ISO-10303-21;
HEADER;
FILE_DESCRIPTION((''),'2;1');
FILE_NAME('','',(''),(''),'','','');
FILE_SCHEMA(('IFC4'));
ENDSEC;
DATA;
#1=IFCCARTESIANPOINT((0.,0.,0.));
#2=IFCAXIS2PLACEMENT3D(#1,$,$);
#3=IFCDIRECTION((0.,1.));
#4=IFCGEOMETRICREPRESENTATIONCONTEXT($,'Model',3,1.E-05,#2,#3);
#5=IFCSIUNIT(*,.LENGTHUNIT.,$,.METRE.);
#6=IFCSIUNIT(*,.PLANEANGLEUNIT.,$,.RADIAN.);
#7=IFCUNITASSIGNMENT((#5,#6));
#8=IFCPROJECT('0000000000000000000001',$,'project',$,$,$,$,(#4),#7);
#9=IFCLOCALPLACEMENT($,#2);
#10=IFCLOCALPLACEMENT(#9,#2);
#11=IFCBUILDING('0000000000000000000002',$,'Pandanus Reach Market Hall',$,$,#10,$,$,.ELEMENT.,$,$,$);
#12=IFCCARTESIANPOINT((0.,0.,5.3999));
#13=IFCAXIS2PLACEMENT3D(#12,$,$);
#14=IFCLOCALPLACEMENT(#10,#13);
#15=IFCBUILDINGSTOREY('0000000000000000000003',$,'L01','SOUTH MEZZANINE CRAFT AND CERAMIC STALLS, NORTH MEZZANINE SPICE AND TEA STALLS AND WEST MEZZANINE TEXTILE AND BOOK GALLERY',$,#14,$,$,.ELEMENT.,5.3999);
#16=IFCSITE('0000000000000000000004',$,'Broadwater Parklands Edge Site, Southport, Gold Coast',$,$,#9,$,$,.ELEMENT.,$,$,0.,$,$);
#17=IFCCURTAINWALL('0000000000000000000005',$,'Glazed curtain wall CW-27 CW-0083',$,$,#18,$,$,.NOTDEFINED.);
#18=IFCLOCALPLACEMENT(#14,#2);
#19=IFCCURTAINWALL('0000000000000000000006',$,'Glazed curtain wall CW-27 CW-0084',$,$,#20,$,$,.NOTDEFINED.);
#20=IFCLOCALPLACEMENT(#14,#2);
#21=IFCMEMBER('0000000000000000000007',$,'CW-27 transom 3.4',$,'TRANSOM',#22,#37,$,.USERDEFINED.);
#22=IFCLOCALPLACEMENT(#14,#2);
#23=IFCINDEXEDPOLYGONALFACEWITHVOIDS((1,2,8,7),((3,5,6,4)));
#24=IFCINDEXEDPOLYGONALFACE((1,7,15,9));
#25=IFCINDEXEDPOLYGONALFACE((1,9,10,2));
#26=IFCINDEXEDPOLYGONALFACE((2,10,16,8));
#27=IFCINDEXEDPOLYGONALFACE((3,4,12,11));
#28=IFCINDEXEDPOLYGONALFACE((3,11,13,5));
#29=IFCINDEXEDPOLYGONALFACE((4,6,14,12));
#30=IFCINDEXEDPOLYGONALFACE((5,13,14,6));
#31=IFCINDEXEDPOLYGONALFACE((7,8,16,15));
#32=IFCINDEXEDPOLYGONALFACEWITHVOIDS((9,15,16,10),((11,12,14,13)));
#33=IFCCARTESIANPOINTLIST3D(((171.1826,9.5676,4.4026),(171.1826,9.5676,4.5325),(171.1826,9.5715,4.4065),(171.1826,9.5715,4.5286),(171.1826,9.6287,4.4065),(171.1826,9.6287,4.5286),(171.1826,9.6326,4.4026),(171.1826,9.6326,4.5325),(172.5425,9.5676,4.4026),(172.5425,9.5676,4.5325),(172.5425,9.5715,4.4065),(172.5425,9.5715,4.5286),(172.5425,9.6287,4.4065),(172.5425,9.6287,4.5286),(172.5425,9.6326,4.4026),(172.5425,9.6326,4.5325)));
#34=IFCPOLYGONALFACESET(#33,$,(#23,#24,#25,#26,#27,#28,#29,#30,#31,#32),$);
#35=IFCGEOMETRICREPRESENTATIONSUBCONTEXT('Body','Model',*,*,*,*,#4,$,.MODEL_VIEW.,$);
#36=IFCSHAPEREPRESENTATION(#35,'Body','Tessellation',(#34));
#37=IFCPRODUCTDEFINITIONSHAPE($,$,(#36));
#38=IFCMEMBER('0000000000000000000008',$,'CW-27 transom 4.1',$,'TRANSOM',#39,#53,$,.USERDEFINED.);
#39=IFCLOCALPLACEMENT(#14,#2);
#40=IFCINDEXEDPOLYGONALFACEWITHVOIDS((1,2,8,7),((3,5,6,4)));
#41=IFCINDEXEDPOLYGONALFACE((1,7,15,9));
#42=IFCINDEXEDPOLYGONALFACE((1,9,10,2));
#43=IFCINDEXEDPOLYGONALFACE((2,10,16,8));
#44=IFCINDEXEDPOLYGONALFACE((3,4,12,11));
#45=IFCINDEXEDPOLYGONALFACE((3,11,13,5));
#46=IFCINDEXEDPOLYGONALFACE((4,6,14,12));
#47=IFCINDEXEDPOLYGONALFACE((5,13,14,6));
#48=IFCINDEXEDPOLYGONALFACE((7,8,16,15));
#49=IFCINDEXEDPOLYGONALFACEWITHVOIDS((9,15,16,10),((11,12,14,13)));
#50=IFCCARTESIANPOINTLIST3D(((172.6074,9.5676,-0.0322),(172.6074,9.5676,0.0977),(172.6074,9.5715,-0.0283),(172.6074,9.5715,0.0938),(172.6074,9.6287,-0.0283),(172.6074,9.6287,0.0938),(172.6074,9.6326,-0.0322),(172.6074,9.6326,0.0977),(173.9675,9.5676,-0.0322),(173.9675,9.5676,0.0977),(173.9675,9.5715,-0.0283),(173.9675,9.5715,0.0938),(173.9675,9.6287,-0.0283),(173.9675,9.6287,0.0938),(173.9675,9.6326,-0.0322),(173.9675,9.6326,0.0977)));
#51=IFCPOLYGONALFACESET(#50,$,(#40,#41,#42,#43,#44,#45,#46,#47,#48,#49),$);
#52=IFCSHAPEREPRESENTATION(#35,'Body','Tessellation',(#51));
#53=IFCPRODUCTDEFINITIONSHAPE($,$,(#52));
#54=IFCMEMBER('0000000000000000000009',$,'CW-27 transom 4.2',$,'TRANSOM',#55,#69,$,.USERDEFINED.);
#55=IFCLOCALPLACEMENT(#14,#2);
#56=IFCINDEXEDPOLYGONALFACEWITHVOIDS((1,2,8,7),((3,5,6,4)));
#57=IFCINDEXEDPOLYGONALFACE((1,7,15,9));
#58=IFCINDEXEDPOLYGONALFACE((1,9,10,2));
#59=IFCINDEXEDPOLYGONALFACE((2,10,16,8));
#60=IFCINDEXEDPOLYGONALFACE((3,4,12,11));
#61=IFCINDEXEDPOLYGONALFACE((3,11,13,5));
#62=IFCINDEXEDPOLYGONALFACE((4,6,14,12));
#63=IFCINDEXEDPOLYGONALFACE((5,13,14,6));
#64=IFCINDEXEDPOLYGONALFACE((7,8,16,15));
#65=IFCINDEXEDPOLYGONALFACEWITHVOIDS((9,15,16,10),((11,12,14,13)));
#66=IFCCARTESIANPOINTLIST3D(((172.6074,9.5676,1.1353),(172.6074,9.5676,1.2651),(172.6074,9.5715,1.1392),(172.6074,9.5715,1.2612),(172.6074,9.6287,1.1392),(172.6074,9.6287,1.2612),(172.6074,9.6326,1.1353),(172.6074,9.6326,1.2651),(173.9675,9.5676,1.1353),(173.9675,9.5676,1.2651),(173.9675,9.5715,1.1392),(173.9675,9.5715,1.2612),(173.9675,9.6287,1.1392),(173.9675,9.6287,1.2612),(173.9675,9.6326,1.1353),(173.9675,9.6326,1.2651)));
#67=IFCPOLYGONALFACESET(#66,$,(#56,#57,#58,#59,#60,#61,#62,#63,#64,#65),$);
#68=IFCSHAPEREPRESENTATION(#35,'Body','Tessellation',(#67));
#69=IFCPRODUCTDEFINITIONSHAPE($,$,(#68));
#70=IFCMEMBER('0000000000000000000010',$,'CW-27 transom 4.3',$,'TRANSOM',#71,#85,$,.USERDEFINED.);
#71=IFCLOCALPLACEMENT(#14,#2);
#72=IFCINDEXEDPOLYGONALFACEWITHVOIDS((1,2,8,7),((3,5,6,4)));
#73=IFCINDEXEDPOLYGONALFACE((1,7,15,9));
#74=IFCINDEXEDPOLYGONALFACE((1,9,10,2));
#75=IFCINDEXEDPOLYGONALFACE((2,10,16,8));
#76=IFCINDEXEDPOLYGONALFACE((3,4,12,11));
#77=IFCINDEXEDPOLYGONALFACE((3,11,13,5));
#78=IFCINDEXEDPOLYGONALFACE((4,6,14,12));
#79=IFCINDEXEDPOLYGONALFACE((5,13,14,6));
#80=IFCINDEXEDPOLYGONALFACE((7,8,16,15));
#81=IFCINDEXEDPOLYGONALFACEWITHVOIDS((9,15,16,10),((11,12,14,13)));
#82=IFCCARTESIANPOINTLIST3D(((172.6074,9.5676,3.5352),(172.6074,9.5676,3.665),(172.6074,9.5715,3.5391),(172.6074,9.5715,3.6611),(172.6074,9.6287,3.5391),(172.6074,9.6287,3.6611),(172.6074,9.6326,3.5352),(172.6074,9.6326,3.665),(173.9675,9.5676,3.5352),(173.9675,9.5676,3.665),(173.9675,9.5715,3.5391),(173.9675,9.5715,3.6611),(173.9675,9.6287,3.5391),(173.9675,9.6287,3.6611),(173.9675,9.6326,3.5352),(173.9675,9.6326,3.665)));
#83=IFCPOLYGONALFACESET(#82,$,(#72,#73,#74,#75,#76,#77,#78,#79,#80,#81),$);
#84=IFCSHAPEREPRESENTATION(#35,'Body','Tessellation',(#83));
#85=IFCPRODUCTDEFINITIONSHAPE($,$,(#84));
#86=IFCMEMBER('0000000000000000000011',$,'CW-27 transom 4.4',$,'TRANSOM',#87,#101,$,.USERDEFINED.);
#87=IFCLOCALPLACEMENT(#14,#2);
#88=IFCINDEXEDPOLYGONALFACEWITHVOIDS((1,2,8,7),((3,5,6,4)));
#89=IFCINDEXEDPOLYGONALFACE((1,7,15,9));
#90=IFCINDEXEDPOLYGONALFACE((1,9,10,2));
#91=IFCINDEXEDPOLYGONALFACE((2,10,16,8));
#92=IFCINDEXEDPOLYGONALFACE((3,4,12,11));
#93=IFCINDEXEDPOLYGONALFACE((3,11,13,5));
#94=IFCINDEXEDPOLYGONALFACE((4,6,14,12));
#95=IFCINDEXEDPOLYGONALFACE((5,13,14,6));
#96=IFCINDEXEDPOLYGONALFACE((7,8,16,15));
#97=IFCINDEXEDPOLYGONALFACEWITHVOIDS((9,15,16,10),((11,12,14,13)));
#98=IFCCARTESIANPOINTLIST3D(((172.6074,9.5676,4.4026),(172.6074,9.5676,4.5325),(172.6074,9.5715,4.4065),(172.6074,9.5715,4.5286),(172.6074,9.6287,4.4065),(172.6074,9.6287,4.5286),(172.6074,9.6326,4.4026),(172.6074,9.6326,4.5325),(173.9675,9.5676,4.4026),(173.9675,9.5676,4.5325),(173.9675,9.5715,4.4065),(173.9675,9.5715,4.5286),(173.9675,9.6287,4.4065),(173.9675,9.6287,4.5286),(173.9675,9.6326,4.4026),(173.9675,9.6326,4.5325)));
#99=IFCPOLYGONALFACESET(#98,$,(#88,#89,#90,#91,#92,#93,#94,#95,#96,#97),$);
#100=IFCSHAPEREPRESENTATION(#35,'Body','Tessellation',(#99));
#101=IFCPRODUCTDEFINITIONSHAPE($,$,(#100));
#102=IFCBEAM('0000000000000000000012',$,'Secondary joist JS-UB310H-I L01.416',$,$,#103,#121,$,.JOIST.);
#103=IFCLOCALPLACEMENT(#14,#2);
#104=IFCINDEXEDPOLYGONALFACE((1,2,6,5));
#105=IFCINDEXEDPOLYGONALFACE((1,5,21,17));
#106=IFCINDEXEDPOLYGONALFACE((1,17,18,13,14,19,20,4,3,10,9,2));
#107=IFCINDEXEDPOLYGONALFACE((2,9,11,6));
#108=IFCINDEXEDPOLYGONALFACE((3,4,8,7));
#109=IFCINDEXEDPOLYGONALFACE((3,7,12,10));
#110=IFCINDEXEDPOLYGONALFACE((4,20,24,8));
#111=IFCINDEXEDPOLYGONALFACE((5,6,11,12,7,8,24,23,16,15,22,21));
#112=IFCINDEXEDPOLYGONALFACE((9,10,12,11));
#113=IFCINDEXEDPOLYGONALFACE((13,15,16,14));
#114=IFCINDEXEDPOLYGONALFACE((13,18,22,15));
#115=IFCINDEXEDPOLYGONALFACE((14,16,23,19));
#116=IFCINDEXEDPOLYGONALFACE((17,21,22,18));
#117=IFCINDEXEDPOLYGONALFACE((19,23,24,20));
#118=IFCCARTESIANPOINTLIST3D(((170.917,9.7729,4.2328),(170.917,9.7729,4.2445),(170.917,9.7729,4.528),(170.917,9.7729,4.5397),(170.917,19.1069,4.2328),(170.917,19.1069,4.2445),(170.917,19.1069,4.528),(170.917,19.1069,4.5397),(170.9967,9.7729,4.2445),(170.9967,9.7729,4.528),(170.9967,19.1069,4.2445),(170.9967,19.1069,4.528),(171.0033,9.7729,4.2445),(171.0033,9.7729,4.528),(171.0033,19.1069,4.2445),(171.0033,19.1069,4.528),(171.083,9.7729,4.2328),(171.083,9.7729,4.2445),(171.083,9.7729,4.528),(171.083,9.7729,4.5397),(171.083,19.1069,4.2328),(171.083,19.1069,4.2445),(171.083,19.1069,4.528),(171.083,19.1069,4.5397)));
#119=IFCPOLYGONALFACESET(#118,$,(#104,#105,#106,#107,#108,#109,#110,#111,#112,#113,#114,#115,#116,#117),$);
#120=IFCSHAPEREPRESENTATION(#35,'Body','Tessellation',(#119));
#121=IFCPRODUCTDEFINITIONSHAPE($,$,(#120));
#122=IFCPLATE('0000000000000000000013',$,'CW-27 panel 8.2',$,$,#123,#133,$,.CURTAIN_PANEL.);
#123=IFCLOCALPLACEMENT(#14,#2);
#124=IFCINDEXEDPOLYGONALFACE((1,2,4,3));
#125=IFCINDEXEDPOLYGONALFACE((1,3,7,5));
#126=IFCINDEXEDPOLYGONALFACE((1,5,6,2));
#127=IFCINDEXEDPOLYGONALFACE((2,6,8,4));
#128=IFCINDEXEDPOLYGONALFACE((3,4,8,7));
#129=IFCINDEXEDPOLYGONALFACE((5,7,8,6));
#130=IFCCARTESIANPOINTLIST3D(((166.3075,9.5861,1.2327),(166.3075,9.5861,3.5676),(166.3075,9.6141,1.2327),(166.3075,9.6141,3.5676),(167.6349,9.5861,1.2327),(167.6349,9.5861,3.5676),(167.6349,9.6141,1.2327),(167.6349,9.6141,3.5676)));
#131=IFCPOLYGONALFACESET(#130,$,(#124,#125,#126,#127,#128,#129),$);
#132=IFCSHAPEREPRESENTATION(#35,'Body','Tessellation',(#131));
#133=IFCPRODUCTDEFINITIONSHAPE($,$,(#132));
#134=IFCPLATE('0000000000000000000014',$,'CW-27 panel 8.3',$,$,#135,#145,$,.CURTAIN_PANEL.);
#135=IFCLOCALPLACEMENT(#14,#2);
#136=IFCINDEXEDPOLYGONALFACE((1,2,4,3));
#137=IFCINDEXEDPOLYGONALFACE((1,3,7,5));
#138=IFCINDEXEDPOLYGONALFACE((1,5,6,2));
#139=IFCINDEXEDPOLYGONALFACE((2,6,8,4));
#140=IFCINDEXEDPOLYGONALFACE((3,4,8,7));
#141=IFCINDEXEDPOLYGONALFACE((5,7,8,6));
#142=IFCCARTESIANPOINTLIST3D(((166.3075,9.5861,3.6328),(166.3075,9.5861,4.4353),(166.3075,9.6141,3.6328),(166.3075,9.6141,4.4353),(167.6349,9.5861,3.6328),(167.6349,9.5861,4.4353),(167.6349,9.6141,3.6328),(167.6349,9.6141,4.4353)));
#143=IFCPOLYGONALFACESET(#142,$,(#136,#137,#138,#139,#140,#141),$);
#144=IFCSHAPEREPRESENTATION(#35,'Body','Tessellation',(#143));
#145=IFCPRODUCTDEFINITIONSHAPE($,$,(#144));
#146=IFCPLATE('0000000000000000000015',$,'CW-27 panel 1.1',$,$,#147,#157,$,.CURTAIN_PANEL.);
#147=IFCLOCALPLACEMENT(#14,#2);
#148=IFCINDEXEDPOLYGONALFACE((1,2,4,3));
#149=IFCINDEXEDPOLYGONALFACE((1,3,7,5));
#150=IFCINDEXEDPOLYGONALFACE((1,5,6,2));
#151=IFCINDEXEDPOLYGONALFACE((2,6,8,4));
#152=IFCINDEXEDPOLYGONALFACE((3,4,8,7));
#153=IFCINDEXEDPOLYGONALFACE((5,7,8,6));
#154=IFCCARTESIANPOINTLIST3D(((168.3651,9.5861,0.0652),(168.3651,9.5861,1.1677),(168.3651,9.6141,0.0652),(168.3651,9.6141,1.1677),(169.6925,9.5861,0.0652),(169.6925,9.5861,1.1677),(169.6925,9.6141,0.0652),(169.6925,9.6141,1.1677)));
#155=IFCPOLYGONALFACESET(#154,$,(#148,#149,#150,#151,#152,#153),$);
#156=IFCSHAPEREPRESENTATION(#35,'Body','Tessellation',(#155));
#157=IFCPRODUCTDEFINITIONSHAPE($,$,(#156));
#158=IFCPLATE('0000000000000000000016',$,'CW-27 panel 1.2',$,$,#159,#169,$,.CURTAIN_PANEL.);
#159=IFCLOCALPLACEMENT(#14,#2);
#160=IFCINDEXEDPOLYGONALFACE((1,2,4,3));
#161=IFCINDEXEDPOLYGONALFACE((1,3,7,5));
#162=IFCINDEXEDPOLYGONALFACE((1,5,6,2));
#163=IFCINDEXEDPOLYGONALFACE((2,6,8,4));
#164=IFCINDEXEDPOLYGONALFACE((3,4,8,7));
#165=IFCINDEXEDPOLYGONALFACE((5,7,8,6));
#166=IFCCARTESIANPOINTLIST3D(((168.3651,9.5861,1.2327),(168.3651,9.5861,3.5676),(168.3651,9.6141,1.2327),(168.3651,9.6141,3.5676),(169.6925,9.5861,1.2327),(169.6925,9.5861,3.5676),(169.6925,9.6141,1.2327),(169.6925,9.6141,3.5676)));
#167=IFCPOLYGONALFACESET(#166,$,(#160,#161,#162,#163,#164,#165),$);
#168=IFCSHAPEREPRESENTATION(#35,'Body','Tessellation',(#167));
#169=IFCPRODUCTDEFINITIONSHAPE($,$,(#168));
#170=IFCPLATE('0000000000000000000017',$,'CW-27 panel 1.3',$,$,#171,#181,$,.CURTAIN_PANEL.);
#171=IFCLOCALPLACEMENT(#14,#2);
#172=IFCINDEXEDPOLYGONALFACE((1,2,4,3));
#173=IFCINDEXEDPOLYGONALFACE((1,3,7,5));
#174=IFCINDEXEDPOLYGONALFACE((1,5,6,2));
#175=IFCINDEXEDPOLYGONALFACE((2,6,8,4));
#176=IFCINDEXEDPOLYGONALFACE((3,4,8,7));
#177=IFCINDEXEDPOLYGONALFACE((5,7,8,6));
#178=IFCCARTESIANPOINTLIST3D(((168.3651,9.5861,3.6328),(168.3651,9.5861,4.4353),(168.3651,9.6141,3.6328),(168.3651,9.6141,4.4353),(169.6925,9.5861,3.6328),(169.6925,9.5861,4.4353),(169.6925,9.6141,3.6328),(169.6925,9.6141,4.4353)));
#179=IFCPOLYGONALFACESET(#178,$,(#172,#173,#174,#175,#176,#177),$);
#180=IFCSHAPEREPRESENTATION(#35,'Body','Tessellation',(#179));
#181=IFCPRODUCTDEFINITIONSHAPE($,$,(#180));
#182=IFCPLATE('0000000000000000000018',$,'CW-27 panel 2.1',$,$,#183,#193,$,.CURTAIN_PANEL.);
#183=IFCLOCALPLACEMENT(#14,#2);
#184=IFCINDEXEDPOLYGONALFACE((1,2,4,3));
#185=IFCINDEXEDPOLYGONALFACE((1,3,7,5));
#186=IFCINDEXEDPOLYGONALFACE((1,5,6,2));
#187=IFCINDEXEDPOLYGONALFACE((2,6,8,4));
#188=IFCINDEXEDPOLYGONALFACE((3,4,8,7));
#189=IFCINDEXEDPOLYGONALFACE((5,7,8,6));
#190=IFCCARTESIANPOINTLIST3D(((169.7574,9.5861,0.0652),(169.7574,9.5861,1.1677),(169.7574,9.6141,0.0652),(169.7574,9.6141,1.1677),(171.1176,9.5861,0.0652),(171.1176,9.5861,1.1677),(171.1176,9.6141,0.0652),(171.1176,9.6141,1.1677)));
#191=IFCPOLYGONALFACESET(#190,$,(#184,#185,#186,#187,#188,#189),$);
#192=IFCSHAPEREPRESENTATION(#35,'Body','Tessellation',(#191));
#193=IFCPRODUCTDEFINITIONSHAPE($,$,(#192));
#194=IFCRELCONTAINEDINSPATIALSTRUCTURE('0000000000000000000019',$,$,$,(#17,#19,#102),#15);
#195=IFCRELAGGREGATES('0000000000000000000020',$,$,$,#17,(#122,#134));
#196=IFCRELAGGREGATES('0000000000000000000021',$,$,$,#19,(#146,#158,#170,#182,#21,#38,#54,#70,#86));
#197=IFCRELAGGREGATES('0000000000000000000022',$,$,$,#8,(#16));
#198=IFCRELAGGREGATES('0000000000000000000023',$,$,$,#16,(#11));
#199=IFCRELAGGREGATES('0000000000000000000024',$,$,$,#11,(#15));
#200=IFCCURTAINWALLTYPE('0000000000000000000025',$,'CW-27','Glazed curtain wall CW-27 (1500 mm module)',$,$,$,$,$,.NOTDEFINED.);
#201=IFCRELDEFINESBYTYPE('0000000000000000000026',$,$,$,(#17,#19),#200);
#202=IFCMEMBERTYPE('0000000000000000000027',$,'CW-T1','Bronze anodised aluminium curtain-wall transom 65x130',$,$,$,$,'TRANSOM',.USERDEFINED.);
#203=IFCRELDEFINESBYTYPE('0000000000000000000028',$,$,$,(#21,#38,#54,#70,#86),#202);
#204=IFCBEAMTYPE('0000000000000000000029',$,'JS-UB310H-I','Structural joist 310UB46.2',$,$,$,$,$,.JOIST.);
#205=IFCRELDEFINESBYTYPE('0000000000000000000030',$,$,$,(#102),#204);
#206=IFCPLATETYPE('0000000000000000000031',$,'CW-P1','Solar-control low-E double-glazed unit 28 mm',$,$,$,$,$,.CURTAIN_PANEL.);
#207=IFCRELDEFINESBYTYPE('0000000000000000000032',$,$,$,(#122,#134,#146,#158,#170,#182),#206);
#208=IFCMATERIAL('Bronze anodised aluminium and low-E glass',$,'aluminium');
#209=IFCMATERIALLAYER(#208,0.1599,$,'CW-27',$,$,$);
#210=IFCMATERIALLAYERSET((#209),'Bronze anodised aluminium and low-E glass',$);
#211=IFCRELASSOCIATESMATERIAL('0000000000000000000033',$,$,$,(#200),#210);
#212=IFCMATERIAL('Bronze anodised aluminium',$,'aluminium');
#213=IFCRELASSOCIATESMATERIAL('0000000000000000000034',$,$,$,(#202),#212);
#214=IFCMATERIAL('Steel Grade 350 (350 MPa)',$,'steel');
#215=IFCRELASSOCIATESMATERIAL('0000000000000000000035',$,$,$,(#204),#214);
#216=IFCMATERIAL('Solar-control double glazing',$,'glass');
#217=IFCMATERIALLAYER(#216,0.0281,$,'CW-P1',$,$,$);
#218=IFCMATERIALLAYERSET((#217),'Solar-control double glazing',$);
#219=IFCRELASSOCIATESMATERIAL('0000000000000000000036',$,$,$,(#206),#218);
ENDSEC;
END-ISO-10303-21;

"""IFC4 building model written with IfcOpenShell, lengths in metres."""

from ifc_helpers import new_model, si_unit, direction, frame, origin, origin_2d, place, context, subcontext, project, spatial, rectangle, hollow_rectangle, i_section, extrude, material, layer, layer_set, material_profile, profile_set, type_object, element, aggregate, save


model = new_model("IFC4")

# Units and contexts
model_context = context("Model", 3, precision=1e-05, world=origin(), true_north=direction((0.0, 1.0)))
body_context = subcontext(model_context, "Body", "Model", "MODEL_VIEW")
ifc_project = project(units=[si_unit("LENGTHUNIT", "METRE"), si_unit("PLANEANGLEUNIT", "RADIAN")], contexts=[model_context])

# Site, building, storey
site_placement = place(None, origin())
site = spatial("IfcSite", under=ifc_project, at=site_placement, Name="Broadwater Parklands Edge Site, Southport, Gold Coast", CompositionType="ELEMENT", RefElevation=0.0)
building_placement = place(site_placement, origin())
building = spatial("IfcBuilding", under=site, at=building_placement, Name="Pandanus Reach Market Hall", CompositionType="ELEMENT")
storey_placement = place(building_placement, frame((0.0, 0.0, 5.3999)))
storey = spatial("IfcBuildingStorey", under=building, at=storey_placement, Name="L01", Description="SOUTH MEZZANINE CRAFT AND CERAMIC STALLS, NORTH MEZZANINE SPICE AND TEA STALLS AND WEST MEZZANINE TEXTILE AND BOOK GALLERY", CompositionType="ELEMENT", Elevation=5.3999)

# Shared definitions
ifc_material_1 = material(Name="Steel Grade 350 (350 MPa)", Category="steel")

# Curtain wall
ifc_material_2 = material(Name="Bronze anodised aluminium and low-E glass", Category="aluminium")
ifc_layer_1 = layer(ifc_material_2, 0.1599, Name="CW-27")
ifc_layer_set_1 = layer_set([ifc_layer_1], Name="Bronze anodised aluminium and low-E glass")
curtain_wall_type = type_object("IfcCurtainWallType", Name="CW-27", Description="Glazed curtain wall CW-27 (1500 mm module)", PredefinedType="NOTDEFINED", material=ifc_layer_set_1)
curtain_wall_1_placement = place(storey_placement, origin())
curtain_wall_1 = element("IfcCurtainWall", 1, at=curtain_wall_1_placement, inside=storey, type_object=curtain_wall_type, Name="Glazed curtain wall CW-27 CW-0083", PredefinedType="NOTDEFINED")
ifc_material_3 = material(Name="Bronze anodised aluminium", Category="aluminium")

# Curtain wall, members
curtain_wall_2_placement = place(storey_placement, origin())
curtain_wall_2 = element("IfcCurtainWall", 2, at=curtain_wall_2_placement, inside=storey, type_object=curtain_wall_type, Name="Glazed curtain wall CW-27 CW-0084", PredefinedType="NOTDEFINED")
ifc_material_profile_1 = material_profile(ifc_material_3, hollow_rectangle(XDim=0.0649, YDim=0.1299, WallThickness=0.0039, at=origin_2d()), Name="ALU65x130", Category="LoadBearing")
ifc_profile_set_1 = profile_set([ifc_material_profile_1], Name="Bronze anodised aluminium")
member_type_1 = type_object("IfcMemberType", Name="CW-T1", Description="Bronze anodised aluminium curtain-wall transom 65x130", ElementType="TRANSOM", PredefinedType="USERDEFINED", material=ifc_profile_set_1)
member_1_placement = place(storey_placement, frame((171.1826, 9.6001, 4.4675), z_axis=(1.0, 0.0, 0.0), x_axis=(0.0, 1.0, 0.0)))
member_1 = element("IfcMember", 3, at=member_1_placement, type_object=member_type_1, Name="CW-27 transom 3.4", ObjectType="TRANSOM", PredefinedType="USERDEFINED", context=body_context, shape_type="SweptSolid", body=[
    extrude(hollow_rectangle(XDim=0.0649, YDim=0.1299, WallThickness=0.0039, at=origin_2d()), origin(), (0.0, 0.0, 1.0), 1.3599),
])
member_2_placement = place(storey_placement, frame((172.6074, 9.6001, 0.0327), z_axis=(1.0, 0.0, 0.0), x_axis=(0.0, 1.0, 0.0)))
member_2 = element("IfcMember", 4, at=member_2_placement, type_object=member_type_1, Name="CW-27 transom 4.1", ObjectType="TRANSOM", PredefinedType="USERDEFINED", context=body_context, shape_type="SweptSolid", body=[
    extrude(hollow_rectangle(XDim=0.0649, YDim=0.1299, WallThickness=0.0039, at=origin_2d()), origin(), (0.0, 0.0, 1.0), 1.3601),
])
member_3_placement = place(storey_placement, frame((172.6074, 9.6001, 1.2002), z_axis=(1.0, 0.0, 0.0), x_axis=(0.0, 1.0, 0.0)))
member_3 = element("IfcMember", 5, at=member_3_placement, type_object=member_type_1, Name="CW-27 transom 4.2", ObjectType="TRANSOM", PredefinedType="USERDEFINED", context=body_context, shape_type="SweptSolid", body=[
    extrude(hollow_rectangle(XDim=0.0649, YDim=0.1299, WallThickness=0.0039, at=origin_2d()), origin(), (0.0, 0.0, 1.0), 1.3601),
])
member_4_placement = place(storey_placement, frame((172.6074, 9.6001, 3.6001), z_axis=(1.0, 0.0, 0.0), x_axis=(0.0, 1.0, 0.0)))
member_4 = element("IfcMember", 6, at=member_4_placement, type_object=member_type_1, Name="CW-27 transom 4.3", ObjectType="TRANSOM", PredefinedType="USERDEFINED", context=body_context, shape_type="SweptSolid", body=[
    extrude(hollow_rectangle(XDim=0.0649, YDim=0.1299, WallThickness=0.0039, at=origin_2d()), origin(), (0.0, 0.0, 1.0), 1.3601),
])
member_5_placement = place(storey_placement, frame((172.6074, 9.6001, 4.4675), z_axis=(1.0, 0.0, 0.0), x_axis=(0.0, 1.0, 0.0)))
member_5 = element("IfcMember", 7, at=member_5_placement, type_object=member_type_1, Name="CW-27 transom 4.4", ObjectType="TRANSOM", PredefinedType="USERDEFINED", context=body_context, shape_type="SweptSolid", body=[
    extrude(hollow_rectangle(XDim=0.0649, YDim=0.1299, WallThickness=0.0039, at=origin_2d()), origin(), (0.0, 0.0, 1.0), 1.3601),
])

# Beam
ifc_material_profile_2 = material_profile(ifc_material_1, i_section(OverallWidth=0.166, OverallDepth=0.3069, WebThickness=0.0066, FlangeThickness=0.0117, at=origin_2d()), Name="310UB46.2", Category="LoadBearing")
ifc_profile_set_2 = profile_set([ifc_material_profile_2], Name="Steel Grade 350 (350 MPa)")
beam_type_1 = type_object("IfcBeamType", Name="JS-UB310H-I", Description="Structural joist 310UB46.2", PredefinedType="JOIST", material=ifc_profile_set_2)
beam_1_placement = place(storey_placement, frame((171.0, 9.7729, 4.3862), z_axis=(0.0, 1.0, 0.0), x_axis=(-1.0, 0.0, 0.0)))
element("IfcBeam", 8, at=beam_1_placement, inside=storey, type_object=beam_type_1, Name="Secondary joist JS-UB310H-I L01.416", PredefinedType="JOIST", context=body_context, shape_type="SweptSolid", body=[
    extrude(i_section(OverallWidth=0.166, OverallDepth=0.3069, WebThickness=0.0066, FlangeThickness=0.0117, at=origin_2d()), origin(), (0.0, 0.0, 1.0), 9.334),
])

# Plates
ifc_material_4 = material(Name="Solar-control double glazing", Category="glass")
ifc_layer_2 = layer(ifc_material_4, 0.0281, Name="CW-P1")
ifc_layer_set_2 = layer_set([ifc_layer_2], Name="Solar-control double glazing")
plate_type = type_object("IfcPlateType", Name="CW-P1", Description="Solar-control low-E double-glazed unit 28 mm", PredefinedType="CURTAIN_PANEL", material=ifc_layer_set_2)
plate_1_placement = place(storey_placement, frame((166.9712, 9.6001, 1.2327), z_axis=(0.0, 0.0, 1.0), x_axis=(1.0, 0.0, 0.0)))
plate_1 = element("IfcPlate", 9, at=plate_1_placement, type_object=plate_type, Name="CW-27 panel 8.2", PredefinedType="CURTAIN_PANEL", context=body_context, shape_type="SweptSolid", body=[
    extrude(rectangle(XDim=1.3274, YDim=0.0281, at=origin_2d()), origin(), (0.0, 0.0, 1.0), 2.335),
])
plate_2_placement = place(storey_placement, frame((166.9712, 9.6001, 3.6328), z_axis=(0.0, 0.0, 1.0), x_axis=(1.0, 0.0, 0.0)))
plate_2 = element("IfcPlate", 10, at=plate_2_placement, type_object=plate_type, Name="CW-27 panel 8.3", PredefinedType="CURTAIN_PANEL", context=body_context, shape_type="SweptSolid", body=[
    extrude(rectangle(XDim=1.3274, YDim=0.0281, at=origin_2d()), origin(), (0.0, 0.0, 1.0), 0.8025),
])
aggregate(curtain_wall_1, [plate_1, plate_2])
plate_3_placement = place(storey_placement, frame((169.0288, 9.6001, 0.0652), z_axis=(0.0, 0.0, 1.0), x_axis=(1.0, 0.0, 0.0)))
plate_3 = element("IfcPlate", 11, at=plate_3_placement, type_object=plate_type, Name="CW-27 panel 1.1", PredefinedType="CURTAIN_PANEL", context=body_context, shape_type="SweptSolid", body=[
    extrude(rectangle(XDim=1.3274, YDim=0.0281, at=origin_2d()), origin(), (0.0, 0.0, 1.0), 1.1025),
])
plate_4_placement = place(storey_placement, frame((169.0288, 9.6001, 1.2327), z_axis=(0.0, 0.0, 1.0), x_axis=(1.0, 0.0, 0.0)))
plate_4 = element("IfcPlate", 12, at=plate_4_placement, type_object=plate_type, Name="CW-27 panel 1.2", PredefinedType="CURTAIN_PANEL", context=body_context, shape_type="SweptSolid", body=[
    extrude(rectangle(XDim=1.3274, YDim=0.0281, at=origin_2d()), origin(), (0.0, 0.0, 1.0), 2.335),
])
plate_5_placement = place(storey_placement, frame((169.0288, 9.6001, 3.6328), z_axis=(0.0, 0.0, 1.0), x_axis=(1.0, 0.0, 0.0)))
plate_5 = element("IfcPlate", 13, at=plate_5_placement, type_object=plate_type, Name="CW-27 panel 1.3", PredefinedType="CURTAIN_PANEL", context=body_context, shape_type="SweptSolid", body=[
    extrude(rectangle(XDim=1.3274, YDim=0.0281, at=origin_2d()), origin(), (0.0, 0.0, 1.0), 0.8025),
])
plate_6_placement = place(storey_placement, frame((170.4375, 9.6001, 0.0652), z_axis=(0.0, 0.0, 1.0), x_axis=(1.0, 0.0, 0.0)))
plate_6 = element("IfcPlate", 14, at=plate_6_placement, type_object=plate_type, Name="CW-27 panel 2.1", PredefinedType="CURTAIN_PANEL", context=body_context, shape_type="SweptSolid", body=[
    extrude(rectangle(XDim=1.3601, YDim=0.0281, at=origin_2d()), origin(), (0.0, 0.0, 1.0), 1.1025),
])
aggregate(curtain_wall_2, [plate_3, plate_4, plate_5, plate_6, member_1, member_2, member_3, member_4, member_5])

save(model, "model.ifc")
